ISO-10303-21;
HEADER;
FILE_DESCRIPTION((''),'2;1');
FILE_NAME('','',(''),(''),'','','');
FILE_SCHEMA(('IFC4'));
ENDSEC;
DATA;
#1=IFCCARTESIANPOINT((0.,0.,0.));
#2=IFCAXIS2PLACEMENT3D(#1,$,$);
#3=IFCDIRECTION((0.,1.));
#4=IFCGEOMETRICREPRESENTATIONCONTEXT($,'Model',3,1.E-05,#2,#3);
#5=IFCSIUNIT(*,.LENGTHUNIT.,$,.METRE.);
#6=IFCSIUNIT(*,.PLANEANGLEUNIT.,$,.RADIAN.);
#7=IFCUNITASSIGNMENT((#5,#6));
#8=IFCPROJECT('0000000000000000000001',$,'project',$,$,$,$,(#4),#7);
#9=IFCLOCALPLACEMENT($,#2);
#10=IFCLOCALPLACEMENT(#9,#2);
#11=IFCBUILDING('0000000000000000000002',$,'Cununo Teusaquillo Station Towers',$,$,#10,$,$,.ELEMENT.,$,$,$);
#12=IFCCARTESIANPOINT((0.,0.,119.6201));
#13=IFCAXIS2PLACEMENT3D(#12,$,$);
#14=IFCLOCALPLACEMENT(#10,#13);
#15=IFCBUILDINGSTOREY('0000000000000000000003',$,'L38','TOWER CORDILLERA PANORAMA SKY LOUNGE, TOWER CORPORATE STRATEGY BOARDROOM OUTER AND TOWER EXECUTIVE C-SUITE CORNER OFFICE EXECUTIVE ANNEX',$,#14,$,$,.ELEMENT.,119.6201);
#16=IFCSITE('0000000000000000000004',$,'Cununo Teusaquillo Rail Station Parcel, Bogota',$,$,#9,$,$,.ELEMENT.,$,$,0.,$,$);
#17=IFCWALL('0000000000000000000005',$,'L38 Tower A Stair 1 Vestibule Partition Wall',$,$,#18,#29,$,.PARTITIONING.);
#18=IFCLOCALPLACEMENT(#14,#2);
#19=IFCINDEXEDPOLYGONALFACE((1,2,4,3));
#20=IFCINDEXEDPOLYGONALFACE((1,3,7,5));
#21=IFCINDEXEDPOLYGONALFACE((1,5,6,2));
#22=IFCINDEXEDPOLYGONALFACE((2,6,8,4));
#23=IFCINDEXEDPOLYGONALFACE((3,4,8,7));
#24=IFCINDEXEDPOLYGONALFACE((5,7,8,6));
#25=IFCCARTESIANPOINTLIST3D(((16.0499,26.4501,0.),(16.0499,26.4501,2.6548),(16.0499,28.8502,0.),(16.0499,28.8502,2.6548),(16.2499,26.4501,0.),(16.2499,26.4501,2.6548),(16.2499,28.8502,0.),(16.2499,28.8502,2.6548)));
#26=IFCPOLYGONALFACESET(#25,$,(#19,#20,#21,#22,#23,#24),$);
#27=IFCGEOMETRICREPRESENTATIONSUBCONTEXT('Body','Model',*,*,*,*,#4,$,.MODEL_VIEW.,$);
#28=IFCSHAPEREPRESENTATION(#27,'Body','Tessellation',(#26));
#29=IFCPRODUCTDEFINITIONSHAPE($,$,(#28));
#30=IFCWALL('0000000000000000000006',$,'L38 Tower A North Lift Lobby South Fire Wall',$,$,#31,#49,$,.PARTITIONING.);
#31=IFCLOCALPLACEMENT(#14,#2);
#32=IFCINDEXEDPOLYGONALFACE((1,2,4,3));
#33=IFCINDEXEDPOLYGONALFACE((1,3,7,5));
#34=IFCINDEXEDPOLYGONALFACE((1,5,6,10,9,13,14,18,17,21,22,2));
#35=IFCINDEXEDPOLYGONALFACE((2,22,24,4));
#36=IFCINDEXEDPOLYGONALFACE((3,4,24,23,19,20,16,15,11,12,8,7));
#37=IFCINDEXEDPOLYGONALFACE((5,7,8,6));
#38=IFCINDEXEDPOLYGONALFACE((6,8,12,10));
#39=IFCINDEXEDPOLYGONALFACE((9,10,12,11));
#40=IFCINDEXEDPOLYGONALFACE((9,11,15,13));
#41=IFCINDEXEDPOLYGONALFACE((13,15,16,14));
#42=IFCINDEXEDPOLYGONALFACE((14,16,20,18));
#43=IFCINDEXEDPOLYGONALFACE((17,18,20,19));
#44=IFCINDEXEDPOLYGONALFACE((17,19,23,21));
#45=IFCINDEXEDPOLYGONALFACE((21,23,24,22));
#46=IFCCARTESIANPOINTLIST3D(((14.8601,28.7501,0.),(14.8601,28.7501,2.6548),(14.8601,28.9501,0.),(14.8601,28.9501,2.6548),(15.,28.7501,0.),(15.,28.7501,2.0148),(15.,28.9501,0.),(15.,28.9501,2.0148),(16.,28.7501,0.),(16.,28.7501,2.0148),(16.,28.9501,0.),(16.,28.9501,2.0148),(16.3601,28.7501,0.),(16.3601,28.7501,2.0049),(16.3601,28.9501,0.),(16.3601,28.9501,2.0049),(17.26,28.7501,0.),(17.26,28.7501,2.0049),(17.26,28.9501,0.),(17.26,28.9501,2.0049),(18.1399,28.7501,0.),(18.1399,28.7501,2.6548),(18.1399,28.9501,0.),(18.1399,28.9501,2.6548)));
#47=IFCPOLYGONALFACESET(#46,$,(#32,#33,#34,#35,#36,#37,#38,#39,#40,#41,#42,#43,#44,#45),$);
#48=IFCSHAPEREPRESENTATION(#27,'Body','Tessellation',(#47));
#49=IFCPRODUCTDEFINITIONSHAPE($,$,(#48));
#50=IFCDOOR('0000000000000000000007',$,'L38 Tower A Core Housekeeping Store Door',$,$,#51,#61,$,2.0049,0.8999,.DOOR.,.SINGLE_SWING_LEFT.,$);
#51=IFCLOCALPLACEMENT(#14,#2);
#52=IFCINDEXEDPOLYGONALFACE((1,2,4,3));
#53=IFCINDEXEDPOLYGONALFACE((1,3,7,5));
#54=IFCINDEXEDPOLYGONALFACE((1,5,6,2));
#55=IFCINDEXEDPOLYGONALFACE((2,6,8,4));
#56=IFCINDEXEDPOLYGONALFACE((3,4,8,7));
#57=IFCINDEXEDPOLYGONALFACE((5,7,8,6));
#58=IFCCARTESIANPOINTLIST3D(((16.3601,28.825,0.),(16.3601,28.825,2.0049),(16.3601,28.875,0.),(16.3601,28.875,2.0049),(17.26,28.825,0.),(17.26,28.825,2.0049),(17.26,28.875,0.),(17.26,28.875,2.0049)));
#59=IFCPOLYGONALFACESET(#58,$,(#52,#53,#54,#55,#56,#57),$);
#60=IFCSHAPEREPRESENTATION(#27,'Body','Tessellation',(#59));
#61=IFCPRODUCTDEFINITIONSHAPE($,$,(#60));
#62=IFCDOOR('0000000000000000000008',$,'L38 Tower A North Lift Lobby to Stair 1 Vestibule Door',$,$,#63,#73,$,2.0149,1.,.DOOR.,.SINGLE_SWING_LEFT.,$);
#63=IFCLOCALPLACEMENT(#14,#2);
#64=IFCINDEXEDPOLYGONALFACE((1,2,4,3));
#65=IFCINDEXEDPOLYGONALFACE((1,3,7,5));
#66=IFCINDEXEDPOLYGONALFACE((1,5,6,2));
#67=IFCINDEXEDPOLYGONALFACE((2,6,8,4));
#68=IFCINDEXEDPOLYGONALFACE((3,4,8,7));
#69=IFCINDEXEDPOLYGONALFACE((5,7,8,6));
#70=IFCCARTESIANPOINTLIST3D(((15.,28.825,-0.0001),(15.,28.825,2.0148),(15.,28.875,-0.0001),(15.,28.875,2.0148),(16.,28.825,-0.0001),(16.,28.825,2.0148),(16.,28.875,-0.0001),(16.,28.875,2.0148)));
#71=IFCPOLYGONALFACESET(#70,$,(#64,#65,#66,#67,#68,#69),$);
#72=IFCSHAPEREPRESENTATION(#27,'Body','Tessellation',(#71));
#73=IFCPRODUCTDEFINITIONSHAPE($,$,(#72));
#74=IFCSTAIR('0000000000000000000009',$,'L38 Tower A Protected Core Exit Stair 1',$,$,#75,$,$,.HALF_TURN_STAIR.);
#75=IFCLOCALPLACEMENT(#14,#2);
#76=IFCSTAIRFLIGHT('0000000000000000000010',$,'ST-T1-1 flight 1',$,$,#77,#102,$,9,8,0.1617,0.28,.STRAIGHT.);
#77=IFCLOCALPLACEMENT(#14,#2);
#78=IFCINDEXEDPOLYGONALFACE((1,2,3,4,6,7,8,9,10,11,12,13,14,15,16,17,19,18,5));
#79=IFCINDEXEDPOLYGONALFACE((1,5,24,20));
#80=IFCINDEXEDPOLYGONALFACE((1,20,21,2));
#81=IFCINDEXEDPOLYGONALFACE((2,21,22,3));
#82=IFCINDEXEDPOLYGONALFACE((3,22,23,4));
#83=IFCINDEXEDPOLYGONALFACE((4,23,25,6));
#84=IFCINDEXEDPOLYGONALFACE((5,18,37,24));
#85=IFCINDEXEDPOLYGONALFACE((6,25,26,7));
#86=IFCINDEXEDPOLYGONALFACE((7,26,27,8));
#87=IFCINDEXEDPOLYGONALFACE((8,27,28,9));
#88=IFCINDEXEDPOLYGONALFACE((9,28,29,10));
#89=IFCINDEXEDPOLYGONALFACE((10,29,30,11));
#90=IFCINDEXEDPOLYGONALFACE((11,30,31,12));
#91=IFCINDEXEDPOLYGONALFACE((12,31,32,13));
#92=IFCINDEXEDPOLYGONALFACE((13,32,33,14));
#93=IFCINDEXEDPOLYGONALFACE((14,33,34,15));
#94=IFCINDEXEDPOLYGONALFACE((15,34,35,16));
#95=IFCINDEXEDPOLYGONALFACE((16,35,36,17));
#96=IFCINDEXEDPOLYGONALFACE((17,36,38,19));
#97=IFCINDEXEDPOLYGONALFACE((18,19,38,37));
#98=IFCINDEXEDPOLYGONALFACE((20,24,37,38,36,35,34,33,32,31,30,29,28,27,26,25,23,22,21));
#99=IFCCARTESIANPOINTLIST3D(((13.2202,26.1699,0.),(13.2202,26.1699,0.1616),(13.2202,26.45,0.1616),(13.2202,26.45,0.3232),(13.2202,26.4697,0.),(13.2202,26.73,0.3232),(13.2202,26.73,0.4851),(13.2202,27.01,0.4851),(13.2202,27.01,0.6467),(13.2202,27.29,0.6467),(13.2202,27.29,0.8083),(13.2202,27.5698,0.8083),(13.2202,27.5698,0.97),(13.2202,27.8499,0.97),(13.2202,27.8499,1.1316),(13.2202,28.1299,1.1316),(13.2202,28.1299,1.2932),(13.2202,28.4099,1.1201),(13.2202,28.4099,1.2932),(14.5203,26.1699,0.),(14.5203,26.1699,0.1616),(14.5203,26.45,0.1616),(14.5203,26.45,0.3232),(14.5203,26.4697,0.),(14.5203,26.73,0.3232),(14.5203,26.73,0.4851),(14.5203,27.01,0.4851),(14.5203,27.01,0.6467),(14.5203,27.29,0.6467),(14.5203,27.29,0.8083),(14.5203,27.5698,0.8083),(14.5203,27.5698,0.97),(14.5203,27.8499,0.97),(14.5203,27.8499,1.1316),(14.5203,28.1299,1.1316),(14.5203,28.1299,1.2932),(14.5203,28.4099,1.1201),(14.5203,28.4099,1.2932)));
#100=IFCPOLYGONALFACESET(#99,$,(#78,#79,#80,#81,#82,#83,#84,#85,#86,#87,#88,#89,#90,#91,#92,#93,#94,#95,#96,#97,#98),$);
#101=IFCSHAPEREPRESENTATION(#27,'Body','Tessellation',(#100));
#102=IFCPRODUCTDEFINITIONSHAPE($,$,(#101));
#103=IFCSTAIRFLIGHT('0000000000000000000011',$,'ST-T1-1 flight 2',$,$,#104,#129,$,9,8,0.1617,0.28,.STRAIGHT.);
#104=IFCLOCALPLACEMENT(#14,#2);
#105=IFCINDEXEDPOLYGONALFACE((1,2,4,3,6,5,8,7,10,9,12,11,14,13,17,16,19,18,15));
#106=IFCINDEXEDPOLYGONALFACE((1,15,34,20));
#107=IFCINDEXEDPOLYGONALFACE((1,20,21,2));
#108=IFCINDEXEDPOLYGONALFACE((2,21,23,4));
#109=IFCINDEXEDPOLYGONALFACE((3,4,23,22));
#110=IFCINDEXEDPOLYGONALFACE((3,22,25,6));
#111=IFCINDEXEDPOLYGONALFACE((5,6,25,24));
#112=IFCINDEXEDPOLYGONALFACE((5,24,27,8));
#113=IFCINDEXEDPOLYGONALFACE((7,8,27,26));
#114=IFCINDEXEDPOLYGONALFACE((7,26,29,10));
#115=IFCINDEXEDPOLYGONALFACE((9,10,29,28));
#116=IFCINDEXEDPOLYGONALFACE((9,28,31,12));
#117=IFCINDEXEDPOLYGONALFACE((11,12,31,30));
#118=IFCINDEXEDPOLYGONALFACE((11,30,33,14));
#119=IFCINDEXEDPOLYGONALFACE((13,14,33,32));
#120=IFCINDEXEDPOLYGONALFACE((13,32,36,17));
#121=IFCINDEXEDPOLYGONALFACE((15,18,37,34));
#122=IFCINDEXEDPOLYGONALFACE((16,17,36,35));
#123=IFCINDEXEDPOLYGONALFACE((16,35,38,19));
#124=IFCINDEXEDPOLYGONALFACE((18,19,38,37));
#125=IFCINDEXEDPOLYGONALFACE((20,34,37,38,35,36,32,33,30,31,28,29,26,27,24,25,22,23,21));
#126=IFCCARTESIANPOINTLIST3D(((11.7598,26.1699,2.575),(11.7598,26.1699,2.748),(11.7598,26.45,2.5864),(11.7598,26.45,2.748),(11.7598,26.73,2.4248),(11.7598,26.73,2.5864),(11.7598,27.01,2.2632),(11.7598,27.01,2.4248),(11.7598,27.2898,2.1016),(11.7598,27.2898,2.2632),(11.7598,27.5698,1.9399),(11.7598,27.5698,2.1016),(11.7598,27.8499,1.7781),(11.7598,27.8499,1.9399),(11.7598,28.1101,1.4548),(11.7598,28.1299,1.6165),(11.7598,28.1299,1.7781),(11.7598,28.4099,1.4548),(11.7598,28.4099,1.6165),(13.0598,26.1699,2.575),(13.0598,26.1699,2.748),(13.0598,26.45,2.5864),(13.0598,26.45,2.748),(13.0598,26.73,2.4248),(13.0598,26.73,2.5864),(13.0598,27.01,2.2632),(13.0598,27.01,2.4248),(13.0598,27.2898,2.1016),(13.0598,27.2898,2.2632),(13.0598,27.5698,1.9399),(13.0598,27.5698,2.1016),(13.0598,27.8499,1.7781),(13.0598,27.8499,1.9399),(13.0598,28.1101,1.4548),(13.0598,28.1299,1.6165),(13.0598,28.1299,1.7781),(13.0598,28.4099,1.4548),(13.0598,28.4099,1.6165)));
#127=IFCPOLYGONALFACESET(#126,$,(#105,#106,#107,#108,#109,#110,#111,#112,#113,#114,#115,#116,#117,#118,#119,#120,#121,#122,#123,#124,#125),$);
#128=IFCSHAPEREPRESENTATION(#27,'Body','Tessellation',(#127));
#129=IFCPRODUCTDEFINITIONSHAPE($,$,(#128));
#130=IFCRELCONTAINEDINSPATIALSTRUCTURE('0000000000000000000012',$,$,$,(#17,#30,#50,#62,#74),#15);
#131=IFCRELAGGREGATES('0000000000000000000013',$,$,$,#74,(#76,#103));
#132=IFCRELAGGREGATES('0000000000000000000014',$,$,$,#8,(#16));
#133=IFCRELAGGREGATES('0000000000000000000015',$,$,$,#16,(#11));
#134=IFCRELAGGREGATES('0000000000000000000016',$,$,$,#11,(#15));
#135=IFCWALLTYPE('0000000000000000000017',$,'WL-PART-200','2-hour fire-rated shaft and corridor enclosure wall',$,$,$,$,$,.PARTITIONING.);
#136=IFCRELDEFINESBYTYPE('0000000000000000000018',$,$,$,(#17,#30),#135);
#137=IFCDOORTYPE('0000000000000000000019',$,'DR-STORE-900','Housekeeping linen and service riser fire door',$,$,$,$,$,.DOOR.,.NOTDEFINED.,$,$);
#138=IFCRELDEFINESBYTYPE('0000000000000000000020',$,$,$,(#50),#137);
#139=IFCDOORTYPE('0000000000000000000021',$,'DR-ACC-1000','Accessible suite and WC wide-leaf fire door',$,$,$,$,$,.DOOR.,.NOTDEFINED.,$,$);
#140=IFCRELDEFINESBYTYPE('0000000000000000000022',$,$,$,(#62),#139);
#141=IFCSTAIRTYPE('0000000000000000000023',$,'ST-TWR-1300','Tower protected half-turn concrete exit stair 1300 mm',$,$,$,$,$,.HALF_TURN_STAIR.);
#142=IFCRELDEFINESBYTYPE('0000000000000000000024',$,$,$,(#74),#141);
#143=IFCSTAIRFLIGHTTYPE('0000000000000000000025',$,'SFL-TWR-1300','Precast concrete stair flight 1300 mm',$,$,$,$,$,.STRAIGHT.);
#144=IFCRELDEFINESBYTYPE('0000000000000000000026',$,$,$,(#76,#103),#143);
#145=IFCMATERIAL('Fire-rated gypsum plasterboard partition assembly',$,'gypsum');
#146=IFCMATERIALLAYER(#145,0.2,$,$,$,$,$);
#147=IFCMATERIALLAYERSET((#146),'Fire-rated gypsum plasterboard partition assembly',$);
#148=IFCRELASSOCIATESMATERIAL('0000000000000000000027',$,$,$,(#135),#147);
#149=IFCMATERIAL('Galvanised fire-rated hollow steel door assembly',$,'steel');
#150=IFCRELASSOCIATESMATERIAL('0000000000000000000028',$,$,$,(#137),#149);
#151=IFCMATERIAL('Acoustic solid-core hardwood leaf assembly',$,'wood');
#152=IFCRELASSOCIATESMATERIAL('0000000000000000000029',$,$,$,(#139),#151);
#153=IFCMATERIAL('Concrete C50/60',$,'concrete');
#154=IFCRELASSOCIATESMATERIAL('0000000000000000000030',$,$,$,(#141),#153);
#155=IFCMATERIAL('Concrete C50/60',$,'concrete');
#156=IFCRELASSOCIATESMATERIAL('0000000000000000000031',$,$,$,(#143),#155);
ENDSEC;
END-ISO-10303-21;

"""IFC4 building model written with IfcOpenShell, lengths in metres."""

from ifc_helpers import new_model, si_unit, direction, frame, frame_2d, origin, place, context, subcontext, project, spatial, polyline, rectangle, outline, extrude, source, transform, mapped, material, layer, layer_set, type_object, element, fill, aggregate, save


model = new_model("IFC4")

# Units and contexts
model_context = context("Model", 3, precision=1e-05, world=origin(), true_north=direction((0.0, 1.0)))
body_context = subcontext(model_context, "Body", "Model", "MODEL_VIEW")
ifc_project = project(units=[si_unit("LENGTHUNIT", "METRE"), si_unit("PLANEANGLEUNIT", "RADIAN")], contexts=[model_context])

# Site, building, storey
site_placement = place(None, origin())
site = spatial("IfcSite", under=ifc_project, at=site_placement, Name="Cununo Teusaquillo Rail Station Parcel, Bogota", CompositionType="ELEMENT", RefElevation=0.0)
building_placement = place(site_placement, origin())
building = spatial("IfcBuilding", under=site, at=building_placement, Name="Cununo Teusaquillo Station Towers", CompositionType="ELEMENT")
storey_placement = place(building_placement, frame((0.0, 0.0, 119.6201)))
storey = spatial("IfcBuildingStorey", under=building, at=storey_placement, Name="L38", Description="TOWER CORDILLERA PANORAMA SKY LOUNGE, TOWER CORPORATE STRATEGY BOARDROOM OUTER AND TOWER EXECUTIVE C-SUITE CORNER OFFICE EXECUTIVE ANNEX", CompositionType="ELEMENT", Elevation=119.6201)

# Shared definitions
ifc_material_1 = material(Name="Fire-rated gypsum plasterboard partition assembly", Category="gypsum")
ifc_layer_1 = layer(ifc_material_1, 0.2)
ifc_layer_set_1 = layer_set([ifc_layer_1], Name="Fire-rated gypsum plasterboard partition assembly")
wall_type_1 = type_object("IfcWallType", Name="WL-PART-200", Description="2-hour fire-rated shaft and corridor enclosure wall", PredefinedType="PARTITIONING", material=ifc_layer_set_1)
shared_shape_1 = source(origin(), body_context, "Body", "SweptSolid", [
    extrude(rectangle(XDim=0.8999, YDim=2.0049, at=frame_2d((0.45, 1.0024))), frame((0.0, 0.1099, 0.0), z_axis=(0.0, -1.0, 0.0), x_axis=(1.0, 0.0, 0.0)), (0.0, 0.0, 1.0), 0.22),
])
ifc_material_2 = material(Name="Galvanised fire-rated hollow steel door assembly", Category="steel")
door_type_1 = type_object("IfcDoorType", Name="DR-STORE-900", Description="Housekeeping linen and service riser fire door", OperationType="NOTDEFINED", PredefinedType="DOOR", material=ifc_material_2)
shared_shape_2 = source(origin(), body_context, "Body", "SweptSolid", [
    extrude(rectangle(XDim=0.8999, YDim=2.0049, at=frame_2d((0.45, 1.0024))), frame((0.0, 0.0249, 0.0), z_axis=(0.0, -1.0, 0.0), x_axis=(1.0, 0.0, 0.0)), (0.0, 0.0, 1.0), 0.05),
])

# Wall
wall_1_placement = place(storey_placement, frame((16.1499, 26.45, 0.0), z_axis=(0.0, 0.0, 1.0), x_axis=(0.0, 1.0, 0.0)))
element("IfcWall", 1, at=wall_1_placement, inside=storey, type_object=wall_type_1, Name="L38 Tower A Stair 1 Vestibule Partition Wall", PredefinedType="PARTITIONING", context=body_context, shape_type="SweptSolid", body=[
    extrude(rectangle(XDim=2.4001, YDim=0.2, at=frame_2d((1.2002, 0.0))), origin(), (0.0, 0.0, 1.0), 2.6548),
])

# Wall, openings, doors
wall_2_placement = place(storey_placement, frame((14.8601, 28.8501, 0.0), z_axis=(0.0, 0.0, 1.0), x_axis=(1.0, 0.0, 0.0)))
wall_2 = element("IfcWall", 2, at=wall_2_placement, inside=storey, type_object=wall_type_1, Name="L38 Tower A North Lift Lobby South Fire Wall", PredefinedType="PARTITIONING", context=body_context, shape_type="SweptSolid", body=[
    extrude(rectangle(XDim=3.2798, YDim=0.2, at=frame_2d((1.6399, 0.0))), origin(), (0.0, 0.0, 1.0), 2.6548),
])
shared_shape_3 = source(origin(), body_context, "Body", "SweptSolid", [
    extrude(rectangle(XDim=1.0, YDim=2.0149, at=frame_2d((0.5, 1.0073))), frame((0.0, 0.1099, 0.0), z_axis=(0.0, -1.0, 0.0), x_axis=(1.0, 0.0, 0.0)), (0.0, 0.0, 1.0), 0.22),
])
opening_1_placement = place(wall_2_placement, frame((0.1399, 0.0, 0.0)))
opening_1 = element("IfcOpeningElement", 3, at=opening_1_placement, cuts=wall_2, PredefinedType="OPENING", context=body_context, shape_type="MappedRepresentation", body=[
    mapped(shared_shape_3, transform((0.0, 0.0, 0.0), x_axis=(1.0, 0.0, 0.0), y_axis=(0.0, 1.0, 0.0), z_axis=(0.0, 0.0, 1.0), scale=1.0)),
])
opening_2_placement = place(wall_2_placement, frame((1.5, 0.0, 0.0)))
opening_2 = element("IfcOpeningElement", 4, at=opening_2_placement, cuts=wall_2, PredefinedType="OPENING", context=body_context, shape_type="MappedRepresentation", body=[
    mapped(shared_shape_1, transform((0.0, 0.0, 0.0), x_axis=(1.0, 0.0, 0.0), y_axis=(0.0, 1.0, 0.0), z_axis=(0.0, 0.0, 1.0), scale=1.0)),
])
door_1_placement = place(opening_2_placement, origin())
door_1 = element("IfcDoor", 5, at=door_1_placement, inside=storey, type_object=door_type_1, Name="L38 Tower A Core Housekeeping Store Door", OperationType="SINGLE_SWING_LEFT", OverallHeight=2.0049, OverallWidth=0.8999, PredefinedType="DOOR", context=body_context, shape_type="MappedRepresentation", body=[
    mapped(shared_shape_2, transform((0.0, 0.0, 0.0), x_axis=(1.0, 0.0, 0.0), y_axis=(0.0, 1.0, 0.0), z_axis=(0.0, 0.0, 1.0), scale=1.0)),
])
fill(opening_2, door_1)
ifc_material_3 = material(Name="Acoustic solid-core hardwood leaf assembly", Category="wood")
door_type_2 = type_object("IfcDoorType", Name="DR-ACC-1000", Description="Accessible suite and WC wide-leaf fire door", OperationType="NOTDEFINED", PredefinedType="DOOR", material=ifc_material_3)
shared_shape_4 = source(origin(), body_context, "Body", "SweptSolid", [
    extrude(rectangle(XDim=1.0, YDim=2.0149, at=frame_2d((0.5, 1.0073))), frame((0.0, 0.0249, 0.0), z_axis=(0.0, -1.0, 0.0), x_axis=(1.0, 0.0, 0.0)), (0.0, 0.0, 1.0), 0.05),
])
door_2_placement = place(opening_1_placement, origin())
door_2 = element("IfcDoor", 6, at=door_2_placement, inside=storey, type_object=door_type_2, Name="L38 Tower A North Lift Lobby to Stair 1 Vestibule Door", OperationType="SINGLE_SWING_LEFT", OverallHeight=2.0149, OverallWidth=1.0, PredefinedType="DOOR", context=body_context, shape_type="MappedRepresentation", body=[
    mapped(shared_shape_4, transform((0.0, 0.0, 0.0), x_axis=(1.0, 0.0, 0.0), y_axis=(0.0, 1.0, 0.0), z_axis=(0.0, 0.0, 1.0), scale=1.0)),
])
fill(opening_1, door_2)

# Stair, stair flights
ifc_material_4 = material(Name="Concrete C50/60", Category="concrete")
stair_type = type_object("IfcStairType", Name="ST-TWR-1300", Description="Tower protected half-turn concrete exit stair 1300 mm", PredefinedType="HALF_TURN_STAIR", material=ifc_material_4)
stair_placement = place(storey_placement, origin())
stair = element("IfcStair", 7, at=stair_placement, inside=storey, type_object=stair_type, Name="L38 Tower A Protected Core Exit Stair 1", PredefinedType="HALF_TURN_STAIR")
ifc_material_5 = material(Name="Concrete C50/60", Category="concrete")
stair_flight_type = type_object("IfcStairFlightType", Name="SFL-TWR-1300", Description="Precast concrete stair flight 1300 mm", PredefinedType="STRAIGHT", material=ifc_material_5)
stair_flight_1_placement = place(storey_placement, frame((13.8701, 26.1699, 0.0), z_axis=(0.0, 0.0, 1.0), x_axis=(0.0, 1.0, 0.0)))
stair_flight_1 = element("IfcStairFlight", 8, at=stair_flight_1_placement, type_object=stair_flight_type, Name="ST-T1-1 flight 1", NumberOfRisers=9, NumberOfTreads=8, PredefinedType="STRAIGHT", RiserHeight=0.1617, TreadLength=0.28, context=body_context, shape_type="SweptSolid", body=[
    extrude(outline(polyline([(0.0, 0.0), (0.0, 0.1616), (0.28, 0.1616), (0.28, 0.3232), (0.5601, 0.3232), (0.5601, 0.4851), (0.8401, 0.4851), (0.8401, 0.6467), (1.1201, 0.6467), (1.1201, 0.8083), (1.3999, 0.8083), (1.3999, 0.97), (1.6799, 0.97), (1.6799, 1.1316), (1.96, 1.1316), (1.96, 1.2932), (2.24, 1.2932), (2.24, 1.4551), (2.24, 1.1201), (0.2998, 0.0), (0.0, 0.0)])), frame((0.0, 0.6499, 0.0), z_axis=(0.0, -1.0, 0.0), x_axis=(1.0, 0.0, 0.0)), (0.0, 0.0, 1.0), 1.3),
])
stair_flight_2_placement = place(storey_placement, frame((12.4099, 28.4099, 1.4548), z_axis=(0.0, 0.0, 1.0), x_axis=(0.0, -1.0, 0.0)))
stair_flight_2 = element("IfcStairFlight", 9, at=stair_flight_2_placement, type_object=stair_flight_type, Name="ST-T1-1 flight 2", NumberOfRisers=9, NumberOfTreads=8, PredefinedType="STRAIGHT", RiserHeight=0.1617, TreadLength=0.28, context=body_context, shape_type="SweptSolid", body=[
    extrude(outline(polyline([(0.0, 0.0), (0.0, 0.1616), (0.28, 0.1616), (0.28, 0.3232), (0.5601, 0.3232), (0.5601, 0.4851), (0.8401, 0.4851), (0.8401, 0.6467), (1.1201, 0.6467), (1.1201, 0.8083), (1.3999, 0.8083), (1.3999, 0.97), (1.6799, 0.97), (1.6799, 1.1316), (1.96, 1.1316), (1.96, 1.2932), (2.24, 1.2932), (2.24, 1.4551), (2.24, 1.1201), (0.2998, 0.0), (0.0, 0.0)])), frame((0.0, 0.6499, 0.0), z_axis=(0.0, -1.0, 0.0), x_axis=(1.0, 0.0, 0.0)), (0.0, 0.0, 1.0), 1.3),
])
aggregate(stair, [stair_flight_1, stair_flight_2])

save(model, "model.ifc")
